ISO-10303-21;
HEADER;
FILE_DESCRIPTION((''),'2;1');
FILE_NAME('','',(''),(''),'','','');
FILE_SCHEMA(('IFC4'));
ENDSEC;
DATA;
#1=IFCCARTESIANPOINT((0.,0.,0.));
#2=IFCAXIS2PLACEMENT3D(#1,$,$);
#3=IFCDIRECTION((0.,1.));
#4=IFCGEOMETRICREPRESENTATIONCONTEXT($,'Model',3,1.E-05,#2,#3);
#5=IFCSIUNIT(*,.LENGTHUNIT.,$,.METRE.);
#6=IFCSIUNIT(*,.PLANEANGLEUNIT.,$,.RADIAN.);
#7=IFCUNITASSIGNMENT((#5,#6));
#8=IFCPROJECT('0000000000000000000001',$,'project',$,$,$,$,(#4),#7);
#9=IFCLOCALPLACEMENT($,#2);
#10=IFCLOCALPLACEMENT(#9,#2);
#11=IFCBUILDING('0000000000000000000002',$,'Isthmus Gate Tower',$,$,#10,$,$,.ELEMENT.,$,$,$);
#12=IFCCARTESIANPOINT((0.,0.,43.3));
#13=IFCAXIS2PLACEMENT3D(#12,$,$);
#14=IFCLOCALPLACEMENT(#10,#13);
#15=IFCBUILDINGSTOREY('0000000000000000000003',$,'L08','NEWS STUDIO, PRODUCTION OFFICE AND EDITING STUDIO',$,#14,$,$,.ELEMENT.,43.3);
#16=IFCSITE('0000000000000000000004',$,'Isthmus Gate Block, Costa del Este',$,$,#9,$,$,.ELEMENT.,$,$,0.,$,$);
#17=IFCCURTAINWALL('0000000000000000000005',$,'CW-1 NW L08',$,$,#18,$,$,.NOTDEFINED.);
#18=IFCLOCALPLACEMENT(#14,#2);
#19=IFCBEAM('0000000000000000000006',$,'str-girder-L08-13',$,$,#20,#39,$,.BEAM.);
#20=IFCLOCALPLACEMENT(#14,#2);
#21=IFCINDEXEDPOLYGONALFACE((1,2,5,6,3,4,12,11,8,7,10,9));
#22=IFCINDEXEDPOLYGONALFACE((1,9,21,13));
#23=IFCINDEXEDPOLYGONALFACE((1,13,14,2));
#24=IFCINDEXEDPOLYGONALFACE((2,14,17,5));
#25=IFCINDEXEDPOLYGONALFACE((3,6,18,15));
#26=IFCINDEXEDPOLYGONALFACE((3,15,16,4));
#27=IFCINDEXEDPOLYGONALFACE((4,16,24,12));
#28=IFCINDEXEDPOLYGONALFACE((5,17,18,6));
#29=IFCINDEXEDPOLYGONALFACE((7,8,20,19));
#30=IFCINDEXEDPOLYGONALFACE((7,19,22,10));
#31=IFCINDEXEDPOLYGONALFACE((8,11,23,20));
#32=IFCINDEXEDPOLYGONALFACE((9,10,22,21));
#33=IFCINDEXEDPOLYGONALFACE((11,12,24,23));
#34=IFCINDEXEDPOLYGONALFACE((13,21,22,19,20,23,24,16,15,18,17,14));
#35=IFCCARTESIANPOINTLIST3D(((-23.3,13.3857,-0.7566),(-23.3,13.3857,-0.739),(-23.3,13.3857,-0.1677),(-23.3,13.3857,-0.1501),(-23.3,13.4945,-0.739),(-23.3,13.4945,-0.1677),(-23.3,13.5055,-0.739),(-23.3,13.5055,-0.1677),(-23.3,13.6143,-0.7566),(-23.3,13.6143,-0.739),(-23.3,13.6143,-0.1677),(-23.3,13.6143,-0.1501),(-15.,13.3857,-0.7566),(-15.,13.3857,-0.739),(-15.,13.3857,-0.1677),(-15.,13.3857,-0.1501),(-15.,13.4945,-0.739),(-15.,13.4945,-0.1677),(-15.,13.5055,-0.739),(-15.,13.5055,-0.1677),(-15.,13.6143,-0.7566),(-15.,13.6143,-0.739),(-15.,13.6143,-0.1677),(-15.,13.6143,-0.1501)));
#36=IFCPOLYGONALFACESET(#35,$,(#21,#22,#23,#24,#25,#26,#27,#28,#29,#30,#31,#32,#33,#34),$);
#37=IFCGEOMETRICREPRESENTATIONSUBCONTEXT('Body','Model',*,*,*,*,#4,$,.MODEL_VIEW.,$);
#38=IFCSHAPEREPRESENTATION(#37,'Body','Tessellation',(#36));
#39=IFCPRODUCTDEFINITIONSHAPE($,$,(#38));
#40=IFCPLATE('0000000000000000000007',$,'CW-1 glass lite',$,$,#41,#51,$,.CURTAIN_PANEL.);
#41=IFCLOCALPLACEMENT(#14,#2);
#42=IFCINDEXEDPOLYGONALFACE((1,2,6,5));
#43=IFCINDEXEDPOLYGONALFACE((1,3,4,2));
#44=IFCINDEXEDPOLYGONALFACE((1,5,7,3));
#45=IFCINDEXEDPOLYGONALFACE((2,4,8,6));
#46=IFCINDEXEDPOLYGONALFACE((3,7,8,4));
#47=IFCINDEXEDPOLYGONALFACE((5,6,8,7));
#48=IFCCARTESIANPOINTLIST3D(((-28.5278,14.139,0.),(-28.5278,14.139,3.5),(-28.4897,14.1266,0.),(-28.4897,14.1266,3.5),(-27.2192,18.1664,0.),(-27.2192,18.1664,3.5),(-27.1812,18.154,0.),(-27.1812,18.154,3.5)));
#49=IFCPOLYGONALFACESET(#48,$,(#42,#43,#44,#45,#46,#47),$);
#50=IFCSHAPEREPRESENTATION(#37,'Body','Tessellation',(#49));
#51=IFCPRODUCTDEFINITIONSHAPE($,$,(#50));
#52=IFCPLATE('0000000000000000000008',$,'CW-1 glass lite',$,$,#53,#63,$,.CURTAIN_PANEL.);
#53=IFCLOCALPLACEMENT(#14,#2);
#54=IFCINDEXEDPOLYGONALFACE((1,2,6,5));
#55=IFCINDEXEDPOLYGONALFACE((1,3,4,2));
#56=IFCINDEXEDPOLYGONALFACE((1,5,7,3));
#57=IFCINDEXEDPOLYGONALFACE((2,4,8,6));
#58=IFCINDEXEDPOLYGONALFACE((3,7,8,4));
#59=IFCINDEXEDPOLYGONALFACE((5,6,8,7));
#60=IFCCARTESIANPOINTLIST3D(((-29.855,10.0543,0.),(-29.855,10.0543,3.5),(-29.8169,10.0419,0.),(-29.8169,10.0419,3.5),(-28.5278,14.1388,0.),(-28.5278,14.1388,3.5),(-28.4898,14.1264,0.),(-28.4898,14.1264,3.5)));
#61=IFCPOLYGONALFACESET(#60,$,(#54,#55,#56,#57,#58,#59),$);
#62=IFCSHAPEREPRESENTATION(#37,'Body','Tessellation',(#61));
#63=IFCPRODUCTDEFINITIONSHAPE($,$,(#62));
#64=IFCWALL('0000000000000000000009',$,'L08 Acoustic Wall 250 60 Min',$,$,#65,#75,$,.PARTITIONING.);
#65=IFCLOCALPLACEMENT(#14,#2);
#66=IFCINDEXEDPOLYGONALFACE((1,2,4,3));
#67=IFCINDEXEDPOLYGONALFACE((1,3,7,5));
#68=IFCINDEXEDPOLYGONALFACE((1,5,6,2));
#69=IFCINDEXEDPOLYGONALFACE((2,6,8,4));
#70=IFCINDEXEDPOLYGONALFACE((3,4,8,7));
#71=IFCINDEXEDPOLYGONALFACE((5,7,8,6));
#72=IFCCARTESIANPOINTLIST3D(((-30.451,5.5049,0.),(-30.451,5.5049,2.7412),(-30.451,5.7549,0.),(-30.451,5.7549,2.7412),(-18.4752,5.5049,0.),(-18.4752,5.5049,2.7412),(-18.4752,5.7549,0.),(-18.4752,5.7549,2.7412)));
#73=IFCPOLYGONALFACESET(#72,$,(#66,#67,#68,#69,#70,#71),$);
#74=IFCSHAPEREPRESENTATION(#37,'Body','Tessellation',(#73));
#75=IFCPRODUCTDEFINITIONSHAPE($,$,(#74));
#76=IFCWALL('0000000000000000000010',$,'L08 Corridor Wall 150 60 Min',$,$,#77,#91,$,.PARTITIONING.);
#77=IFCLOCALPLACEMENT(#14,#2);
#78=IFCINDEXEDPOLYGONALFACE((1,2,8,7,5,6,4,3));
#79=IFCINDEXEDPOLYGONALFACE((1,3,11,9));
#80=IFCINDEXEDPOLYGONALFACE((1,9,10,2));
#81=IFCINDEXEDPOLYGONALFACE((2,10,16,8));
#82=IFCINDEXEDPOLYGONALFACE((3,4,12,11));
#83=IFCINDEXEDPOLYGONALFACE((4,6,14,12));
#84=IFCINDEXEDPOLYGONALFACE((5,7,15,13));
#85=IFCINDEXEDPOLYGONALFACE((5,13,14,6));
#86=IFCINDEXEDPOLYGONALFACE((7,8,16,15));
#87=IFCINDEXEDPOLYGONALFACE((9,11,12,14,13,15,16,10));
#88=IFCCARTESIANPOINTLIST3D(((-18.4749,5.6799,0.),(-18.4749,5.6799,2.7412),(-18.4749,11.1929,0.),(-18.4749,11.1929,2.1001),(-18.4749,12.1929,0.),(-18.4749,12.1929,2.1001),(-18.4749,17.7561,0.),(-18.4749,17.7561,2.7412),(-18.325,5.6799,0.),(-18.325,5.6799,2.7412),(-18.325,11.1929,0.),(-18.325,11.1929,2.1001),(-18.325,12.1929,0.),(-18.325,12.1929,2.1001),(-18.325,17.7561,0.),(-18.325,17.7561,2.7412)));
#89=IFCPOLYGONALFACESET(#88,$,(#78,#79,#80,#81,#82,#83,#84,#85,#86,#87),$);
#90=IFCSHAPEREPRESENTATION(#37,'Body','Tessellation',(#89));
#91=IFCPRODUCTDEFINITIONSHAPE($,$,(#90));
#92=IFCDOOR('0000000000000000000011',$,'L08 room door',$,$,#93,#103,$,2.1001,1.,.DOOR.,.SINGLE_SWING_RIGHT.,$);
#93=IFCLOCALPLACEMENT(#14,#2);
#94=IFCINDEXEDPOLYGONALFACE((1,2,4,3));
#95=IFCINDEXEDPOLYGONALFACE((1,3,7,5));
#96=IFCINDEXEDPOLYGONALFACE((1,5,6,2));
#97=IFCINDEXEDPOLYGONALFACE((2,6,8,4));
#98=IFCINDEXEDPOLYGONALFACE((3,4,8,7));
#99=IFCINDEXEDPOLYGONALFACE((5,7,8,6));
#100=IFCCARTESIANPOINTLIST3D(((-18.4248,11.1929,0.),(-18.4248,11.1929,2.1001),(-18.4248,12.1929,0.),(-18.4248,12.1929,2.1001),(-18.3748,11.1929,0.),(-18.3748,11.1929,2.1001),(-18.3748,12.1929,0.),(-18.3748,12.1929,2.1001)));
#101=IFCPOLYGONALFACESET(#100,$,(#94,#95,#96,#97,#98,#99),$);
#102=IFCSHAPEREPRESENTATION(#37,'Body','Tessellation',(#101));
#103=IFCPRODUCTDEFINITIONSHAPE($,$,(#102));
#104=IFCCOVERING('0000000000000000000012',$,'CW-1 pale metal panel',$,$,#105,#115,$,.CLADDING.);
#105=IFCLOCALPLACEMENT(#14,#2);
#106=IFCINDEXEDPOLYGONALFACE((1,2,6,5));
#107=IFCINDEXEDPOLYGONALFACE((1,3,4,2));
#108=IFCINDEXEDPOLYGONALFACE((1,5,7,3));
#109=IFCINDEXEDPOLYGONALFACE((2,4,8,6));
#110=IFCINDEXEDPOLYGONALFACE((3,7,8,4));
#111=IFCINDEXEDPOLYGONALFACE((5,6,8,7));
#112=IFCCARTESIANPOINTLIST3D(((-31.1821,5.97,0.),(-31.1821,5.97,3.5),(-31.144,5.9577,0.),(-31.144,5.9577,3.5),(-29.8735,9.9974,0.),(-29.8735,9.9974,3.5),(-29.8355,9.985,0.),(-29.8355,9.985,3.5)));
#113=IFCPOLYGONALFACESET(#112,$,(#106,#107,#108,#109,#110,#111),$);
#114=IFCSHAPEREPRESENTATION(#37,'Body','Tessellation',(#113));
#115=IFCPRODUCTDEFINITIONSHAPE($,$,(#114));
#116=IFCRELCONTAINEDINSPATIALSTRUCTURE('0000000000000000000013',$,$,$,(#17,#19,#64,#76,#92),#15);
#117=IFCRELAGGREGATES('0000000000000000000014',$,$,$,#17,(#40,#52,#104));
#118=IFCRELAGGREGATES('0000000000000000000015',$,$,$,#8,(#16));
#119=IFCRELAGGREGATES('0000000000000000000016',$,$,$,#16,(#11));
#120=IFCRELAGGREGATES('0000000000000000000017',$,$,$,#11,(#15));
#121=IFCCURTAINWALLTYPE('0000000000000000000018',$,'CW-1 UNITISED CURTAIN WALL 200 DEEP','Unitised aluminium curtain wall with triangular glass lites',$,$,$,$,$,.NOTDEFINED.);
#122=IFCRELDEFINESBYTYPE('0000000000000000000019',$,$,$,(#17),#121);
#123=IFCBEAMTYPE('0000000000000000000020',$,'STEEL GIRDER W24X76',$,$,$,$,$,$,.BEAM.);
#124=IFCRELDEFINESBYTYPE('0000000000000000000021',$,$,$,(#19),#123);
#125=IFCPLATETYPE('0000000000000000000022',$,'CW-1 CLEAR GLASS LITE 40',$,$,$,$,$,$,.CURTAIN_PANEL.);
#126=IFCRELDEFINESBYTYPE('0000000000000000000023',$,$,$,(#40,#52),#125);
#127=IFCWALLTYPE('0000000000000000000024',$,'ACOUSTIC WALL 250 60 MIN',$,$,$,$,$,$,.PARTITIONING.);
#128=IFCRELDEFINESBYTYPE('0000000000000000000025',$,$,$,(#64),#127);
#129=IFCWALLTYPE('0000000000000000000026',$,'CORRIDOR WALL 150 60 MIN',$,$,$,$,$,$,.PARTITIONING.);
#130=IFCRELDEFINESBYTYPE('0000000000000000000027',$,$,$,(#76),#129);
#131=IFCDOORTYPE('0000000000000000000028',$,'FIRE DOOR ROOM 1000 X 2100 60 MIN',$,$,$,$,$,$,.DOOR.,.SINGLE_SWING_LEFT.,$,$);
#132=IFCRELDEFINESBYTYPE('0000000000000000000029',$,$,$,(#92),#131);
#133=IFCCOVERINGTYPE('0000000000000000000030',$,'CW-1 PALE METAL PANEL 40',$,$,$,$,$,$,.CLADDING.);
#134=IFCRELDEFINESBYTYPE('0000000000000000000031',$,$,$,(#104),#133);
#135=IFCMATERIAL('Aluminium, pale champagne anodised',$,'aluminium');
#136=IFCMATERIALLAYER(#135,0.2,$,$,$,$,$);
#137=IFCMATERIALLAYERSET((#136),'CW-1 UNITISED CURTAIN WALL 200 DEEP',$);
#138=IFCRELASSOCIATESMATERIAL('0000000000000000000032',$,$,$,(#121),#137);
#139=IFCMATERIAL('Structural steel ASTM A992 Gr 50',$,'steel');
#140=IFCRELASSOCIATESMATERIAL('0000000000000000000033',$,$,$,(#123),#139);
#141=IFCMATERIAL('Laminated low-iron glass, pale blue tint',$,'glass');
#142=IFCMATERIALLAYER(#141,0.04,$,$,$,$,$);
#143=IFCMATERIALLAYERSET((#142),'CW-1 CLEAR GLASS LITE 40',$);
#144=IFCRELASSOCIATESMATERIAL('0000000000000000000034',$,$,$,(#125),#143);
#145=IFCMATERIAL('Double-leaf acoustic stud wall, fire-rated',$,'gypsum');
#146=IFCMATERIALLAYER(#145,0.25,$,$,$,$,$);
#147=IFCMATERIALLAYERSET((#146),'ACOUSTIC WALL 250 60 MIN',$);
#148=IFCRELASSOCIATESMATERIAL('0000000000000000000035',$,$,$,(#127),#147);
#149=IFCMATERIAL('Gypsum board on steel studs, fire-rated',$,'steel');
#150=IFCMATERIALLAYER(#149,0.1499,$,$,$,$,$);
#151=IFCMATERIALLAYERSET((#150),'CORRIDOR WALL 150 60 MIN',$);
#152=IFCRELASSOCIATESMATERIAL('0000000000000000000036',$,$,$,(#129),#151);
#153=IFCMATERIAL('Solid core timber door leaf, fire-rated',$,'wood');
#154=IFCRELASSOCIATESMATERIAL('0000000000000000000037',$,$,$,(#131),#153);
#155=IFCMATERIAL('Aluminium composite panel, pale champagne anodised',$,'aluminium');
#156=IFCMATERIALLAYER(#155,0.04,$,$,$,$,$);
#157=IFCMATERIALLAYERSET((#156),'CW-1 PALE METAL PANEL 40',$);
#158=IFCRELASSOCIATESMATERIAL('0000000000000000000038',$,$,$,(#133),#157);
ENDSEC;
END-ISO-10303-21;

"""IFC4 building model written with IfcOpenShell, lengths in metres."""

from ifc_helpers import new_model, si_unit, direction, frame, frame_2d, origin, origin_2d, place, context, subcontext, project, spatial, rectangle, i_section, extrude, material, layer, layer_set, material_profile, profile_set, type_object, element, fill, aggregate, save


model = new_model("IFC4")

# Units and contexts
model_context = context("Model", 3, precision=1e-05, world=origin(), true_north=direction((0.0, 1.0)))
body_context = subcontext(model_context, "Body", "Model", "MODEL_VIEW")
ifc_project = project(units=[si_unit("LENGTHUNIT", "METRE"), si_unit("PLANEANGLEUNIT", "RADIAN")], contexts=[model_context])

# Site, building, storey
site_placement = place(None, origin())
site = spatial("IfcSite", under=ifc_project, at=site_placement, Name="Isthmus Gate Block, Costa del Este", CompositionType="ELEMENT", RefElevation=0.0)
building_placement = place(site_placement, origin())
building = spatial("IfcBuilding", under=site, at=building_placement, Name="Isthmus Gate Tower", CompositionType="ELEMENT")
storey_placement = place(building_placement, frame((0.0, 0.0, 43.3)))
storey = spatial("IfcBuildingStorey", under=building, at=storey_placement, Name="L08", Description="NEWS STUDIO, PRODUCTION OFFICE AND EDITING STUDIO", CompositionType="ELEMENT", Elevation=43.3)

# Curtain wall
ifc_material_1 = material(Name="Aluminium, pale champagne anodised", Category="aluminium")
ifc_layer_1 = layer(ifc_material_1, 0.2)
ifc_layer_set_1 = layer_set([ifc_layer_1], Name="CW-1 UNITISED CURTAIN WALL 200 DEEP")
curtain_wall_type = type_object("IfcCurtainWallType", Name="CW-1 UNITISED CURTAIN WALL 200 DEEP", Description="Unitised aluminium curtain wall with triangular glass lites", PredefinedType="NOTDEFINED", material=ifc_layer_set_1)
curtain_wall_placement = place(storey_placement, origin())
curtain_wall = element("IfcCurtainWall", 1, at=curtain_wall_placement, inside=storey, type_object=curtain_wall_type, Name="CW-1 NW L08", PredefinedType="NOTDEFINED")

# Beam
ifc_material_2 = material(Name="Structural steel ASTM A992 Gr 50", Category="steel")
ifc_material_profile_1 = material_profile(ifc_material_2, i_section(OverallWidth=0.2285, OverallDepth=0.6064, WebThickness=0.011, FlangeThickness=0.0176, at=origin_2d()), Name="W24X76")
ifc_profile_set_1 = profile_set([ifc_material_profile_1], Name="Structural steel ASTM A992 Gr 50")
beam_type_1 = type_object("IfcBeamType", Name="STEEL GIRDER W24X76", PredefinedType="BEAM", material=ifc_profile_set_1)
for number, where, z_axis, x_axis, name in (
    (2, (-23.3, 13.5, -0.4534), (1.0, 0.0, 0.0), (0.0, 1.0, 0.0), "str-girder-L08-13"),
):
    element("IfcBeam", number, at=place(storey_placement, frame(where, z_axis=z_axis, x_axis=x_axis)), inside=storey, type_object=beam_type_1, Name=name, PredefinedType="BEAM", context=body_context, shape_type="SweptSolid", body=[
        extrude(i_section(OverallWidth=0.2285, OverallDepth=0.6064, WebThickness=0.011, FlangeThickness=0.0176, at=origin_2d()), origin(), (0.0, 0.0, 1.0), 8.3),
    ])

# Plates
ifc_material_3 = material(Name="Laminated low-iron glass, pale blue tint", Category="glass")
ifc_layer_2 = layer(ifc_material_3, 0.04)
ifc_layer_set_2 = layer_set([ifc_layer_2], Name="CW-1 CLEAR GLASS LITE 40")
plate_type = type_object("IfcPlateType", Name="CW-1 CLEAR GLASS LITE 40", PredefinedType="CURTAIN_PANEL", material=ifc_layer_set_2)
plate_1_placement = place(storey_placement, frame((-27.8545, 16.1465, 0.0), z_axis=(0.0, 0.0, 1.0), x_axis=(-0.309017, -0.951057, 0.0)))
plate_1 = element("IfcPlate", 3, at=plate_1_placement, type_object=plate_type, Name="CW-1 glass lite", PredefinedType="CURTAIN_PANEL", context=body_context, shape_type="SweptSolid", body=[
    extrude(rectangle(XDim=4.2346, YDim=0.04, at=origin_2d()), origin(), (0.0, 0.0, 1.0), 3.5),
])
plate_2_placement = place(storey_placement, frame((-29.1724, 12.0903, 0.0), z_axis=(0.0, 0.0, 1.0), x_axis=(-0.309017, -0.951057, 0.0)))
plate_2 = element("IfcPlate", 4, at=plate_2_placement, type_object=plate_type, Name="CW-1 glass lite", PredefinedType="CURTAIN_PANEL", context=body_context, shape_type="SweptSolid", body=[
    extrude(rectangle(XDim=4.2947, YDim=0.04, at=origin_2d()), origin(), (0.0, 0.0, 1.0), 3.5),
])

# Wall
ifc_material_4 = material(Name="Double-leaf acoustic stud wall, fire-rated", Category="gypsum")
ifc_layer_3 = layer(ifc_material_4, 0.25)
ifc_layer_set_3 = layer_set([ifc_layer_3], Name="ACOUSTIC WALL 250 60 MIN")
wall_type_1 = type_object("IfcWallType", Name="ACOUSTIC WALL 250 60 MIN", PredefinedType="PARTITIONING", material=ifc_layer_set_3)
wall_1_placement = place(storey_placement, frame((-30.4509, 5.6299, 0.0), z_axis=(0.0, 0.0, 1.0), x_axis=(1.0, 0.0, 0.0)))
element("IfcWall", 5, at=wall_1_placement, inside=storey, type_object=wall_type_1, Name="L08 Acoustic Wall 250 60 Min", PredefinedType="PARTITIONING", context=body_context, shape_type="SweptSolid", body=[
    extrude(rectangle(XDim=11.9758, YDim=0.25, at=frame_2d((5.9878, 0.0))), origin(), (0.0, 0.0, 1.0), 2.7412),
])

# Wall, opening, door
ifc_material_5 = material(Name="Gypsum board on steel studs, fire-rated", Category="steel")
ifc_layer_4 = layer(ifc_material_5, 0.1499)
ifc_layer_set_4 = layer_set([ifc_layer_4], Name="CORRIDOR WALL 150 60 MIN")
wall_type_2 = type_object("IfcWallType", Name="CORRIDOR WALL 150 60 MIN", PredefinedType="PARTITIONING", material=ifc_layer_set_4)
wall_2_placement = place(storey_placement, frame((-18.3999, 5.6799, 0.0), z_axis=(0.0, 0.0, 1.0), x_axis=(0.0, 1.0, 0.0)))
wall_2 = element("IfcWall", 6, at=wall_2_placement, inside=storey, type_object=wall_type_2, Name="L08 Corridor Wall 150 60 Min", PredefinedType="PARTITIONING", context=body_context, shape_type="SweptSolid", body=[
    extrude(rectangle(XDim=12.0762, YDim=0.1499, at=frame_2d((6.0381, 0.0))), origin(), (0.0, 0.0, 1.0), 2.7412),
])
opening_placement = place(wall_2_placement, frame((5.5129, 0.0, 0.0)))
opening = element("IfcOpeningElement", 7, at=opening_placement, cuts=wall_2, PredefinedType="OPENING", context=body_context, shape_type="SweptSolid", body=[
    extrude(rectangle(XDim=1.0, YDim=2.1001, at=frame_2d((0.5, 1.05))), frame((0.0, 0.085, 0.0), z_axis=(0.0, -1.0, 0.0), x_axis=(1.0, 0.0, 0.0)), (0.0, 0.0, 1.0), 0.1699),
])
ifc_material_6 = material(Name="Solid core timber door leaf, fire-rated", Category="wood")
door_type = type_object("IfcDoorType", Name="FIRE DOOR ROOM 1000 X 2100 60 MIN", OperationType="SINGLE_SWING_LEFT", PredefinedType="DOOR", material=ifc_material_6)
door_placement = place(opening_placement, origin())
door = element("IfcDoor", 8, at=door_placement, inside=storey, type_object=door_type, Name="L08 room door", OperationType="SINGLE_SWING_RIGHT", OverallHeight=2.1001, OverallWidth=1.0, PredefinedType="DOOR", context=body_context, shape_type="SweptSolid", body=[
    extrude(rectangle(XDim=1.0, YDim=2.1001, at=frame_2d((0.5, 1.05))), frame((0.0, 0.0249, 0.0), z_axis=(0.0, -1.0, 0.0), x_axis=(1.0, 0.0, 0.0)), (0.0, 0.0, 1.0), 0.05),
])
fill(opening, door)

# Covering
ifc_material_7 = material(Name="Aluminium composite panel, pale champagne anodised", Category="aluminium")
ifc_layer_5 = layer(ifc_material_7, 0.04)
ifc_layer_set_5 = layer_set([ifc_layer_5], Name="CW-1 PALE METAL PANEL 40")
covering_type = type_object("IfcCoveringType", Name="CW-1 PALE METAL PANEL 40", PredefinedType="CLADDING", material=ifc_layer_set_5)
covering_placement = place(storey_placement, frame((-30.5088, 7.9775, 0.0), z_axis=(0.0, 0.0, 1.0), x_axis=(-0.309017, -0.951057, 0.0)))
covering = element("IfcCovering", 9, at=covering_placement, type_object=covering_type, Name="CW-1 pale metal panel", PredefinedType="CLADDING", context=body_context, shape_type="SweptSolid", body=[
    extrude(rectangle(XDim=4.2346, YDim=0.04, at=origin_2d()), origin(), (0.0, 0.0, 1.0), 3.5),
])
aggregate(curtain_wall, [plate_1, plate_2, covering])

save(model, "model.ifc")
